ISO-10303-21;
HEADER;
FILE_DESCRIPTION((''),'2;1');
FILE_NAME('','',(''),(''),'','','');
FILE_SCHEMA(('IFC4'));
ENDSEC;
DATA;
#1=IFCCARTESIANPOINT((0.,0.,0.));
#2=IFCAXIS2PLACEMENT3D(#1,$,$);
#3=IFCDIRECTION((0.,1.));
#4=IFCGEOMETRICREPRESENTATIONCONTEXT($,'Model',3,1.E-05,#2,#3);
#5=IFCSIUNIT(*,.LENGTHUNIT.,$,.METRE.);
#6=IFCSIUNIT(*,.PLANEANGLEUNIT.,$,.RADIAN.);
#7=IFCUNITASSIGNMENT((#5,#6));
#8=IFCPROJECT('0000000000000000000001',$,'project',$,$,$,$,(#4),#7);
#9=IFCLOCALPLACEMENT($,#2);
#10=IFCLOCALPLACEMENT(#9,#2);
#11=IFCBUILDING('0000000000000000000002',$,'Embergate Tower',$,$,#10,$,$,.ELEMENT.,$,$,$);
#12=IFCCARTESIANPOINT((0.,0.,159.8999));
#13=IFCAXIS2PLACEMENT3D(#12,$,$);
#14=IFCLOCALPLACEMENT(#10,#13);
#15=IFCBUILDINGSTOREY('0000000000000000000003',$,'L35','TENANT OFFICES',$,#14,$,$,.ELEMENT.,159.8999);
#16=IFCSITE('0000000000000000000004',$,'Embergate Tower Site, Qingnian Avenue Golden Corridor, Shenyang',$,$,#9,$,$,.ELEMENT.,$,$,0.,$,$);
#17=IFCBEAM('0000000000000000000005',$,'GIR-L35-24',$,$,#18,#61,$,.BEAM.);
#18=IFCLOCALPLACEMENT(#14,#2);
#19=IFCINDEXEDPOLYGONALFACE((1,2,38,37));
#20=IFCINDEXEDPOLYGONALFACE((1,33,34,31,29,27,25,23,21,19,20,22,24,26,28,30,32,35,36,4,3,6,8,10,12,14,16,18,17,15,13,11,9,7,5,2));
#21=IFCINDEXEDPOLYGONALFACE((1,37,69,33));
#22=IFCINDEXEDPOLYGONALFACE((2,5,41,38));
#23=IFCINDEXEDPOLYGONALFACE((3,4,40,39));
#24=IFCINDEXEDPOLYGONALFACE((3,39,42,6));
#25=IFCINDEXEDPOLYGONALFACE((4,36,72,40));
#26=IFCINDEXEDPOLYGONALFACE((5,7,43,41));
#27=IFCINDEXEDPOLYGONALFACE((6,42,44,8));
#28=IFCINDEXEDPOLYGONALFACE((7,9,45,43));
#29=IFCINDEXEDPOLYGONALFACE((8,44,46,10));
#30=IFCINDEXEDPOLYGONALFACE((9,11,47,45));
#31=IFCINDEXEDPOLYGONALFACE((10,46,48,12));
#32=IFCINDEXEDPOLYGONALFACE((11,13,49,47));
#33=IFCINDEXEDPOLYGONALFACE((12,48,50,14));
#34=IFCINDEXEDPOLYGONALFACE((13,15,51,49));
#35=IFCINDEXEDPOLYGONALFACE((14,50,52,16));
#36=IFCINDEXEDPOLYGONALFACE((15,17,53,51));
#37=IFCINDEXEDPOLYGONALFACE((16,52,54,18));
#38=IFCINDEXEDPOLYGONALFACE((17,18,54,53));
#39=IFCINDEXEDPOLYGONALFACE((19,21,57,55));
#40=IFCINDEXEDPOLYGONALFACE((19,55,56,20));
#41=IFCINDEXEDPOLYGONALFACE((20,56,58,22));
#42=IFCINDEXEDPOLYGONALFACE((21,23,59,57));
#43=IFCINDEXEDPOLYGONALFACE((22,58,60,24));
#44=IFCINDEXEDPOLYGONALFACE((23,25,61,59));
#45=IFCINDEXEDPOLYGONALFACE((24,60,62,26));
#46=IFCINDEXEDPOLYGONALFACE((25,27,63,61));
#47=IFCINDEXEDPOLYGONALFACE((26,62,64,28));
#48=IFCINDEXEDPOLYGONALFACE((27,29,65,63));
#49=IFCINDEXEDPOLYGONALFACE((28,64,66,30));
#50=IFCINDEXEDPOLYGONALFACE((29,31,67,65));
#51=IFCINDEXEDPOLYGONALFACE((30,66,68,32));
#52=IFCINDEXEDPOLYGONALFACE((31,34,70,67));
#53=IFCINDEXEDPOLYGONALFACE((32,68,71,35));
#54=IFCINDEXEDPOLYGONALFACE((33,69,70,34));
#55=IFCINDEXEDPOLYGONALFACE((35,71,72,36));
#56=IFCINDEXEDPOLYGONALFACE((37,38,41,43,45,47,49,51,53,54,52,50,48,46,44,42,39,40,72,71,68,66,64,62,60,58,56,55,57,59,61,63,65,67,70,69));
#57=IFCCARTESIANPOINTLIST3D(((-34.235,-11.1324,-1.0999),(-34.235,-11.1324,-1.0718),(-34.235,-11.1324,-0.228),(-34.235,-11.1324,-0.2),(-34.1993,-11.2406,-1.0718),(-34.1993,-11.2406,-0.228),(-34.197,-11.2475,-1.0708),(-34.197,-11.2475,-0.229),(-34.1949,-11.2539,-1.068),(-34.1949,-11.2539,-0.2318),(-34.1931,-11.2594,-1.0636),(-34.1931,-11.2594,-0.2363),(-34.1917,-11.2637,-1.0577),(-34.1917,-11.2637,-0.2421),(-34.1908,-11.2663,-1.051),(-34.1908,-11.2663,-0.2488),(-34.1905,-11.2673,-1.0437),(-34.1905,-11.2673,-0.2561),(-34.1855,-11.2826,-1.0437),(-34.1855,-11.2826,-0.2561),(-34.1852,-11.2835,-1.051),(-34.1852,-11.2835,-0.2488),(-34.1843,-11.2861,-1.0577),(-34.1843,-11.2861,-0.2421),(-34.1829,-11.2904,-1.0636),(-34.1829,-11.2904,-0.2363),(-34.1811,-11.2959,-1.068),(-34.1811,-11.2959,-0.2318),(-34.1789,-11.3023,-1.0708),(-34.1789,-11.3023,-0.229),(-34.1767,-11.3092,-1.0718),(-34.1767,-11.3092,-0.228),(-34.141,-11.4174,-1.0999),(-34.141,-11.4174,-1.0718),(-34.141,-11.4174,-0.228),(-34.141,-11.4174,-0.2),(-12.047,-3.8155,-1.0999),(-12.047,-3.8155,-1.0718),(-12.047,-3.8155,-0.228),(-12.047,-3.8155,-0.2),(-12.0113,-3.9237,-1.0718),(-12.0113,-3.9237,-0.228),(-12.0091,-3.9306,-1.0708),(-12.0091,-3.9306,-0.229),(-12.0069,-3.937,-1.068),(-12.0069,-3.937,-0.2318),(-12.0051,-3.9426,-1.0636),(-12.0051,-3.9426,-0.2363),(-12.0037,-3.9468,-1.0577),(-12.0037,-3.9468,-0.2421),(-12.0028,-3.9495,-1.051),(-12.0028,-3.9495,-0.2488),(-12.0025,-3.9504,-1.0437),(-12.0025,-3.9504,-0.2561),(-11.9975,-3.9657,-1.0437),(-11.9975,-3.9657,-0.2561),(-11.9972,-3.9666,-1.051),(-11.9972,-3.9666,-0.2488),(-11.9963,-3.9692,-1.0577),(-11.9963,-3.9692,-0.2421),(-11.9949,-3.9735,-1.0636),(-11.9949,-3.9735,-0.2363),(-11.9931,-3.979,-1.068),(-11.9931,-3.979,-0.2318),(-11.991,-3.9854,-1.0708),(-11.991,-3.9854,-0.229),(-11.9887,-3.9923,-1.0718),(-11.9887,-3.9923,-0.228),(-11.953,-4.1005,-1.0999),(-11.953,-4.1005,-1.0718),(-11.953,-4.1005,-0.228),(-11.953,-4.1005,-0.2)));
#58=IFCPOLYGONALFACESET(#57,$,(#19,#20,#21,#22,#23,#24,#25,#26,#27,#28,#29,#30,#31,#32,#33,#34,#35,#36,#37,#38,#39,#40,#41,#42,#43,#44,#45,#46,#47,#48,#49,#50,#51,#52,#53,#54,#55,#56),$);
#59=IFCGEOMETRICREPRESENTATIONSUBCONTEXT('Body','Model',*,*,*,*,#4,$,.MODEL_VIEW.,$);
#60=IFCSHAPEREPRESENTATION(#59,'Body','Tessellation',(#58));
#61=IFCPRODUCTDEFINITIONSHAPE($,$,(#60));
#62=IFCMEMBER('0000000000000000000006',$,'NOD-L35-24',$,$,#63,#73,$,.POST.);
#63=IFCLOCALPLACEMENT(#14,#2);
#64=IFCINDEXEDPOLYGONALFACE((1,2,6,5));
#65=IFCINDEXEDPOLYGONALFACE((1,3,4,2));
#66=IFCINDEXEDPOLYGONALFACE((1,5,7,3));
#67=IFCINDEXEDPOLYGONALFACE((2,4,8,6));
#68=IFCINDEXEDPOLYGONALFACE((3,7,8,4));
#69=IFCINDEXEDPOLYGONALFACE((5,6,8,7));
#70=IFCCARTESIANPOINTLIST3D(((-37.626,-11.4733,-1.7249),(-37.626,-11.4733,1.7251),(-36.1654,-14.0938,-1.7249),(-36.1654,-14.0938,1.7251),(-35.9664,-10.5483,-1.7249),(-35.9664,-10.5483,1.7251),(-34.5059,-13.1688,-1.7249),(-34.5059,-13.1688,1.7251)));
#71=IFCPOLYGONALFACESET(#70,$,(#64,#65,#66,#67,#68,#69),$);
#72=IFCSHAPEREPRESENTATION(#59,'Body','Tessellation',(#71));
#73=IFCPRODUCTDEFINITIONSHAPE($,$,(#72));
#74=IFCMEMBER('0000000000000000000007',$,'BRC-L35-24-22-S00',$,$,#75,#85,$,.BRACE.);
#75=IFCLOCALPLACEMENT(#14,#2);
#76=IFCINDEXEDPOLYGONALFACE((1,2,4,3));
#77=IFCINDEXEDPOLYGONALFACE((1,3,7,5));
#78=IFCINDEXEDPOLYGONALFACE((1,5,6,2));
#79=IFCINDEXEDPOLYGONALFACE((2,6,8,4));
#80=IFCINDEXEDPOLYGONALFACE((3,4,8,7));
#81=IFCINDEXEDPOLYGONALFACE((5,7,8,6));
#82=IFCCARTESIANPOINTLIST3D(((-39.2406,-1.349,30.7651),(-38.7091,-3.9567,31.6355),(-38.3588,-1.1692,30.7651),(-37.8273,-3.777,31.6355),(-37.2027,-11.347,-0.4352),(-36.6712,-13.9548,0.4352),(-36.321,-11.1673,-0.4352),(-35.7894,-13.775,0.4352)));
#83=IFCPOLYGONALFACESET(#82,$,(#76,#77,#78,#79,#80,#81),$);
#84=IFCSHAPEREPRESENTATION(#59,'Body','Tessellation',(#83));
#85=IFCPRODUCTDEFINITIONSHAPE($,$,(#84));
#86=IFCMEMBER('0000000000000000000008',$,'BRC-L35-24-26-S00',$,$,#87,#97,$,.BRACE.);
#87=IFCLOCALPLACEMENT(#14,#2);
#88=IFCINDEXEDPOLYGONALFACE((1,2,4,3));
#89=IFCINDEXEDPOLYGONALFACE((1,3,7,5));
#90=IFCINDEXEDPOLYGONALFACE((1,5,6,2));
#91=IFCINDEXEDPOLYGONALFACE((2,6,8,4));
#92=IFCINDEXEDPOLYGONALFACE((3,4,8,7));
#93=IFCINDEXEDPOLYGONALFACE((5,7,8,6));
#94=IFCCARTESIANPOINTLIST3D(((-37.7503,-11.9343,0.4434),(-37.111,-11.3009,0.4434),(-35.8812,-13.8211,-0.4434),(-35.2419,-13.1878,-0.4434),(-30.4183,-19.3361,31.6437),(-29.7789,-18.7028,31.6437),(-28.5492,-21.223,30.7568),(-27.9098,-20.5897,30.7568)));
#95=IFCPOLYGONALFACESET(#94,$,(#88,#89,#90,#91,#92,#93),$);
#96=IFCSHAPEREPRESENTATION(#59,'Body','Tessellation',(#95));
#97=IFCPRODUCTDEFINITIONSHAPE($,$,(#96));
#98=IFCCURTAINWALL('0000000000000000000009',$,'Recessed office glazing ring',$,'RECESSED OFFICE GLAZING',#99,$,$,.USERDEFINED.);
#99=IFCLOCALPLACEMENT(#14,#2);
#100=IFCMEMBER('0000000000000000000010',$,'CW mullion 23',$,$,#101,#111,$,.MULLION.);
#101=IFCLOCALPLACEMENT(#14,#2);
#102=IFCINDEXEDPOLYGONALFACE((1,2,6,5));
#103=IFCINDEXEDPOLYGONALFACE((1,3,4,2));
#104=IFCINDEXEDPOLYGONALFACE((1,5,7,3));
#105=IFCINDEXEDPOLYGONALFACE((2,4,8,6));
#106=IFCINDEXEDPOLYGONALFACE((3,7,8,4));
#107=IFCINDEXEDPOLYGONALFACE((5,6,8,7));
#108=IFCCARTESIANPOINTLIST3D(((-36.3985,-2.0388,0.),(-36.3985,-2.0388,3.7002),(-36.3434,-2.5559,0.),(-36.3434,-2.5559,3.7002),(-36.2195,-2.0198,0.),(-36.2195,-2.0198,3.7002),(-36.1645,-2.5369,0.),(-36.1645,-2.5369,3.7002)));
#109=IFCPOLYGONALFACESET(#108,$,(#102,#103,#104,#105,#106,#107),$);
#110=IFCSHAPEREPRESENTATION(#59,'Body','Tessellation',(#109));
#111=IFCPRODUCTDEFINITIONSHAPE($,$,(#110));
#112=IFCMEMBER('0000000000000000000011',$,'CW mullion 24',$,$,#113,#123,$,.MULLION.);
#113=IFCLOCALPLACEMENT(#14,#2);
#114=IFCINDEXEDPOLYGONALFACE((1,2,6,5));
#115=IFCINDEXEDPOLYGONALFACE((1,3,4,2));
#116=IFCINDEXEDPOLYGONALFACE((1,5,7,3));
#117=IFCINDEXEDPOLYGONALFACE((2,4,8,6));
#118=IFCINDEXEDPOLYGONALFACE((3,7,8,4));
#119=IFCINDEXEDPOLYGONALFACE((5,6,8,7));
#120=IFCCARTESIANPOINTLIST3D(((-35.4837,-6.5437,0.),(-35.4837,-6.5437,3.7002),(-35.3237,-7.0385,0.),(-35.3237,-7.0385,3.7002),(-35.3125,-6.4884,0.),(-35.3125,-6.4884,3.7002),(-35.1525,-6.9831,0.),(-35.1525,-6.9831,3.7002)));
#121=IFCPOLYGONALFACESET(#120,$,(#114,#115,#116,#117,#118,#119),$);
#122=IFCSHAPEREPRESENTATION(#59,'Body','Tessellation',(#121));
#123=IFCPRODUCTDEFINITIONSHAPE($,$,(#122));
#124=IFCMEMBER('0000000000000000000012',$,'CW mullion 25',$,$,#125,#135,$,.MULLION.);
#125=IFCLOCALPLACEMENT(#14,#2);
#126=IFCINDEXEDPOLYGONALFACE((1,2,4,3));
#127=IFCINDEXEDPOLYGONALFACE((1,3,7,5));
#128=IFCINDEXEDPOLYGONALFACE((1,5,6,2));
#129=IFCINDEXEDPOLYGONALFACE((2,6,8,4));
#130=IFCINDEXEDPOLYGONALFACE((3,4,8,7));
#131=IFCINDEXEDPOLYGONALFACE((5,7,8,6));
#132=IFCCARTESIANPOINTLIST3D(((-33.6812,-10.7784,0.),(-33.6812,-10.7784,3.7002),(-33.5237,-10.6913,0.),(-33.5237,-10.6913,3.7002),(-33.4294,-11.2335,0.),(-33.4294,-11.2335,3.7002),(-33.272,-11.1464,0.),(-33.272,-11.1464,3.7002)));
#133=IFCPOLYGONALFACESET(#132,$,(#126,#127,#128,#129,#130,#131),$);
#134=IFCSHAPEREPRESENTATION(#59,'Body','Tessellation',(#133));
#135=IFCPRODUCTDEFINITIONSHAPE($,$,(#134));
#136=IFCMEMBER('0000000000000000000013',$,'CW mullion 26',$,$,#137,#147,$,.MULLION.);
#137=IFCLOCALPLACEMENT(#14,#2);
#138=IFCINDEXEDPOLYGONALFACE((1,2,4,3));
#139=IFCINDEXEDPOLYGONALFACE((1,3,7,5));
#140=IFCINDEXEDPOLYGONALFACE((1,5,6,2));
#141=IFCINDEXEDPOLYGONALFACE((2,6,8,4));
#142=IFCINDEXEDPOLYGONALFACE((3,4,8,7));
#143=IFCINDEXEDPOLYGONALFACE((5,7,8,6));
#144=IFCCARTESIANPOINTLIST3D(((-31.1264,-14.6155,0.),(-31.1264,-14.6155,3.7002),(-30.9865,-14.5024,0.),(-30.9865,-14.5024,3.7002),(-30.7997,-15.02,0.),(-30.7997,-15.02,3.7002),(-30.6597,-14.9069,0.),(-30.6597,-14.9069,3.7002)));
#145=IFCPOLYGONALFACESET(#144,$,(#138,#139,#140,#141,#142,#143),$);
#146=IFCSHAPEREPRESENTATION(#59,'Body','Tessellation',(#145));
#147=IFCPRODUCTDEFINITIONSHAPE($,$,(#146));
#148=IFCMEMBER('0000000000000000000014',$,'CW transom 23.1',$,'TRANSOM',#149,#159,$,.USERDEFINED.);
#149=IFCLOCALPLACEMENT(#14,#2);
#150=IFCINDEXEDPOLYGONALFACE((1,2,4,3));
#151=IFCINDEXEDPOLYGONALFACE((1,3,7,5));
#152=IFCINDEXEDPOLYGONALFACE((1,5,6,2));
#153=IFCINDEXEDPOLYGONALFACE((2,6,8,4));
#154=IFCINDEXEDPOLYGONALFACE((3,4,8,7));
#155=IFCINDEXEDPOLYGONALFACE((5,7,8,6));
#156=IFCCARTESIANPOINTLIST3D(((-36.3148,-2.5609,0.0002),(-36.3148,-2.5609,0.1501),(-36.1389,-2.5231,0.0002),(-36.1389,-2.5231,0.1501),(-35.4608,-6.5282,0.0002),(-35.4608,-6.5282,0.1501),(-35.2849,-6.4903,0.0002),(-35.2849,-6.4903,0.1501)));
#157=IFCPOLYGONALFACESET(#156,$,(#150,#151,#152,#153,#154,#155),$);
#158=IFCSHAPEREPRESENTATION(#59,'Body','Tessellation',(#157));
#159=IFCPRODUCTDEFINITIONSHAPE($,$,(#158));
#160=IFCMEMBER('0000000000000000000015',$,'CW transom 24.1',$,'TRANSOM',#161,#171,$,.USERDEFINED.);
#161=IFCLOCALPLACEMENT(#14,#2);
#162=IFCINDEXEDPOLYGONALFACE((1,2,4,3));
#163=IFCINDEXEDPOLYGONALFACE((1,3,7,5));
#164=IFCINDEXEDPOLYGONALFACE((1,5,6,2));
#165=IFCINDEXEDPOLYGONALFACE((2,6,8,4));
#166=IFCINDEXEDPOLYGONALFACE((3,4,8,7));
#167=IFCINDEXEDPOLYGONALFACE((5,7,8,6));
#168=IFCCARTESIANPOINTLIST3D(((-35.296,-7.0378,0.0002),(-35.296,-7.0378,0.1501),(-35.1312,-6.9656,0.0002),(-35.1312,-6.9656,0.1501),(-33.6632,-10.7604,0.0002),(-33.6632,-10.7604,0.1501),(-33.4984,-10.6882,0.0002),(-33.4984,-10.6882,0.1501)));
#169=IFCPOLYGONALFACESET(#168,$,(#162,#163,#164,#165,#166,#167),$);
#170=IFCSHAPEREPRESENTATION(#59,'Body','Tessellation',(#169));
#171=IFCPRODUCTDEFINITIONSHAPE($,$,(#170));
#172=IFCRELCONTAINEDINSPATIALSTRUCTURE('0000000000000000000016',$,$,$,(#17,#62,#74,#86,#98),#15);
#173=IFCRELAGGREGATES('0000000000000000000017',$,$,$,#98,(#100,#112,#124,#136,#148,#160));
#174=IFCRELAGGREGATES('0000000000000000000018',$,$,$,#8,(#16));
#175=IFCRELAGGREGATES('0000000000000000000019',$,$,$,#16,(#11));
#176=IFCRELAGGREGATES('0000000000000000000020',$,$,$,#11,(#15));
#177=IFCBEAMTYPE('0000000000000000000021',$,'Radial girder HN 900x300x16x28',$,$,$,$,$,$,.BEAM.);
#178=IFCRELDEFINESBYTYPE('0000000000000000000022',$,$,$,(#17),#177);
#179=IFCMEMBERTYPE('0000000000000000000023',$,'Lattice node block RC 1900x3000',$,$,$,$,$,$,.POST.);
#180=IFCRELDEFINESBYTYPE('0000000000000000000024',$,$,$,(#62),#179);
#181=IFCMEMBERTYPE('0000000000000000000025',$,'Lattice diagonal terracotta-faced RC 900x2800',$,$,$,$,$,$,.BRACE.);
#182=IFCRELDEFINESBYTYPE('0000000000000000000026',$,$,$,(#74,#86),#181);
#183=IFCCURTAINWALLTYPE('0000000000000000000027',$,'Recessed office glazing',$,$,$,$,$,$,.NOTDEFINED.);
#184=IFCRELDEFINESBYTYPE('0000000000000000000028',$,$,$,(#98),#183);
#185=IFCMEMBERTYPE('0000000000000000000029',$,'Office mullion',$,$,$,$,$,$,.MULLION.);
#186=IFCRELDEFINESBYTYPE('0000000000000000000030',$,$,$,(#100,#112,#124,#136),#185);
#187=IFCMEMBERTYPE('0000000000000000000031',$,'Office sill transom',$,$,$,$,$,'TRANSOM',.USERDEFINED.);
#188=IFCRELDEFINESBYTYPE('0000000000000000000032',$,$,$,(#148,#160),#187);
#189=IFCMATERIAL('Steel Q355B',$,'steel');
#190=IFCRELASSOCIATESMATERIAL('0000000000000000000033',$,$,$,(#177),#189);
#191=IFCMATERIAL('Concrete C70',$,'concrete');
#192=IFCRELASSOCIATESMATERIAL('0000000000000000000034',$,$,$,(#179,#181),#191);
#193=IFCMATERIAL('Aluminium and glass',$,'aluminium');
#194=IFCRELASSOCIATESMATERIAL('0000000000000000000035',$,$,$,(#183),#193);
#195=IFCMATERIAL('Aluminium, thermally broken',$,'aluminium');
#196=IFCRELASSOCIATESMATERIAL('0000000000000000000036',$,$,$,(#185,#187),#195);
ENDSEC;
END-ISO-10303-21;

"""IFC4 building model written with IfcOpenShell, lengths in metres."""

from ifc_helpers import new_model, si_unit, direction, frame, origin, origin_2d, place, context, subcontext, project, spatial, rectangle, i_section, extrude, source, transform, mapped, material, material_profile, profile_set, type_object, element, aggregate, save


model = new_model("IFC4")

# Units and contexts
model_context = context("Model", 3, precision=1e-05, world=origin(), true_north=direction((0.0, 1.0)))
body_context = subcontext(model_context, "Body", "Model", "MODEL_VIEW")
ifc_project = project(units=[si_unit("LENGTHUNIT", "METRE"), si_unit("PLANEANGLEUNIT", "RADIAN")], contexts=[model_context])

# Site, building, storey
site_placement = place(None, origin())
site = spatial("IfcSite", under=ifc_project, at=site_placement, Name="Embergate Tower Site, Qingnian Avenue Golden Corridor, Shenyang", CompositionType="ELEMENT", RefElevation=0.0)
building_placement = place(site_placement, origin())
building = spatial("IfcBuilding", under=site, at=building_placement, Name="Embergate Tower", CompositionType="ELEMENT")
storey_placement = place(building_placement, frame((0.0, 0.0, 159.8999)))
storey = spatial("IfcBuildingStorey", under=building, at=storey_placement, Name="L35", Description="TENANT OFFICES", CompositionType="ELEMENT", Elevation=159.8999)

# Shared definitions
ifc_material_1 = material(Name="Concrete C70", Category="concrete")

# Beam
ifc_material_2 = material(Name="Steel Q355B", Category="steel")
ifc_material_profile_1 = material_profile(ifc_material_2, i_section(OverallWidth=0.3, OverallDepth=0.8999, WebThickness=0.0161, FlangeThickness=0.0281, FilletRadius=0.0281, at=origin_2d()), Name="HN 900x300x16x28")
ifc_profile_set_1 = profile_set([ifc_material_profile_1], Name="Steel Q355 grade B")
beam_type_1 = type_object("IfcBeamType", Name="Radial girder HN 900x300x16x28", PredefinedType="BEAM", material=ifc_profile_set_1)
shared_shape_1 = source(origin(), body_context, "Body", "SweptSolid", [
    extrude(i_section(OverallWidth=0.3, OverallDepth=0.8999, WebThickness=0.0161, FlangeThickness=0.0281, FilletRadius=0.0281, at=origin_2d()), origin(), (0.0, 0.0, 1.0), 23.3633),
])
beam_1_placement = place(storey_placement, frame((-34.188, -11.2749, -0.6499), z_axis=(0.949694, 0.313179, 0.0), x_axis=(-0.313179, 0.949694, 0.0)))
element("IfcBeam", 1, at=beam_1_placement, inside=storey, type_object=beam_type_1, Name="GIR-L35-24", PredefinedType="BEAM", context=body_context, shape_type="MappedRepresentation", body=[
    mapped(shared_shape_1, transform((0.0, 0.0, 0.0))),
])

# Members
ifc_material_profile_2 = material_profile(ifc_material_1, rectangle(XDim=1.8999, YDim=3.0, at=origin_2d()), Name="RC 1900x3000")
ifc_profile_set_2 = profile_set([ifc_material_profile_2], Name="Concrete C70")
member_type_1 = type_object("IfcMemberType", Name="Lattice node block RC 1900x3000", PredefinedType="POST", material=ifc_profile_set_2)
shared_shape_2 = source(origin(), body_context, "Body", "SweptSolid", [
    extrude(rectangle(XDim=1.8999, YDim=3.0, at=origin_2d()), origin(), (0.0, 0.0, 1.0), 3.45),
])
member_1_placement = place(storey_placement, frame((-36.0659, -12.321, -1.7249), z_axis=(0.0, 0.0, 1.0), x_axis=(-0.873492, -0.486839, 0.0)))
element("IfcMember", 2, at=member_1_placement, inside=storey, type_object=member_type_1, Name="NOD-L35-24", PredefinedType="POST", context=body_context, shape_type="MappedRepresentation", body=[
    mapped(shared_shape_2, transform((0.0, 0.0, 0.0))),
])
ifc_material_profile_3 = material_profile(ifc_material_1, rectangle(XDim=0.8999, YDim=2.8, at=origin_2d()), Name="RC 900x2800")
ifc_profile_set_3 = profile_set([ifc_material_profile_3], Name="Concrete C70")
member_type_2 = type_object("IfcMemberType", Name="Lattice diagonal terracotta-faced RC 900x2800", PredefinedType="BRACE", material=ifc_profile_set_3)
shared_shape_3 = source(origin(), body_context, "Body", "SweptSolid", [
    extrude(rectangle(XDim=0.8999, YDim=2.8, at=origin_2d()), origin(), (0.0, 0.0, 1.0), 32.8264),
])
member_2_placement = place(storey_placement, frame((-36.4961, -12.561, 0.0), z_axis=(-0.06208, 0.304574, 0.950463), x_axis=(-0.979853, -0.199718, 0.0)))
element("IfcMember", 3, at=member_2_placement, inside=storey, type_object=member_type_2, Name="BRC-L35-24-22-S00", PredefinedType="BRACE", context=body_context, shape_type="MappedRepresentation", body=[
    mapped(shared_shape_3, transform((0.0, 0.0, 0.0))),
])
shared_shape_4 = source(origin(), body_context, "Body", "SweptSolid", [
    extrude(rectangle(XDim=0.8999, YDim=2.8, at=origin_2d()), origin(), (0.0, 0.0, 1.0), 32.8938),
])
member_3_placement = place(storey_placement, frame((-36.4961, -12.561, 0.0), z_axis=(0.2229, -0.225023, 0.948515), x_axis=(0.71045, 0.703748, 0.0)))
element("IfcMember", 4, at=member_3_placement, inside=storey, type_object=member_type_2, Name="BRC-L35-24-26-S00", PredefinedType="BRACE", context=body_context, shape_type="MappedRepresentation", body=[
    mapped(shared_shape_4, transform((0.0, 0.0, 0.0))),
])

# Curtain wall, members
ifc_material_3 = material(Name="Aluminium and glass", Category="aluminium")
curtain_wall_type = type_object("IfcCurtainWallType", Name="Recessed office glazing", PredefinedType="NOTDEFINED", material=ifc_material_3)
curtain_wall_placement = place(storey_placement, origin())
curtain_wall = element("IfcCurtainWall", 5, at=curtain_wall_placement, inside=storey, type_object=curtain_wall_type, Name="Recessed office glazing ring", ObjectType="RECESSED OFFICE GLAZING", PredefinedType="USERDEFINED")
ifc_material_4 = material(Name="Aluminium, thermally broken", Category="aluminium")
ifc_material_profile_4 = material_profile(ifc_material_4, rectangle(XDim=0.1799, YDim=0.52, at=origin_2d()), Name="AL 520x180")
ifc_profile_set_4 = profile_set([ifc_material_profile_4], Name="Aluminium, thermally broken")
member_type_3 = type_object("IfcMemberType", Name="Office mullion", PredefinedType="MULLION", material=ifc_profile_set_4)
shared_shape_5 = source(origin(), body_context, "Body", "SweptSolid", [
    extrude(rectangle(XDim=0.1799, YDim=0.52, at=origin_2d()), origin(), (0.0, 0.0, 1.0), 3.7002),
])
member_4_placement = place(storey_placement, frame((-36.2815, -2.2878, 0.0), z_axis=(0.0, 0.0, 1.0), x_axis=(0.994385, 0.105823, 0.0)))
member_4 = element("IfcMember", 6, at=member_4_placement, type_object=member_type_3, Name="CW mullion 23", PredefinedType="MULLION", context=body_context, shape_type="MappedRepresentation", body=[
    mapped(shared_shape_5, transform((0.0, 0.0, 0.0))),
])
member_5_placement = place(storey_placement, frame((-35.3181, -6.7634, 0.0), z_axis=(0.0, 0.0, 1.0), x_axis=(0.951498, 0.307656, 0.0)))
member_5 = element("IfcMember", 7, at=member_5_placement, type_object=member_type_3, Name="CW mullion 24", PredefinedType="MULLION", context=body_context, shape_type="MappedRepresentation", body=[
    mapped(shared_shape_5, transform((0.0, 0.0, 0.0))),
])
member_6_placement = place(storey_placement, frame((-33.4766, -10.9624, 0.0), z_axis=(0.0, 0.0, 1.0), x_axis=(0.875002, 0.484119, 0.0)))
member_6 = element("IfcMember", 8, at=member_6_placement, type_object=member_type_3, Name="CW mullion 25", PredefinedType="MULLION", context=body_context, shape_type="MappedRepresentation", body=[
    mapped(shared_shape_5, transform((0.0, 0.0, 0.0))),
])
member_7_placement = place(storey_placement, frame((-30.8931, -14.7612, 0.0), z_axis=(0.0, 0.0, 1.0), x_axis=(0.777873, 0.628422, 0.0)))
member_7 = element("IfcMember", 9, at=member_7_placement, type_object=member_type_3, Name="CW mullion 26", PredefinedType="MULLION", context=body_context, shape_type="MappedRepresentation", body=[
    mapped(shared_shape_5, transform((0.0, 0.0, 0.0))),
])
ifc_material_profile_5 = material_profile(ifc_material_4, rectangle(XDim=0.1799, YDim=0.1499, at=origin_2d()), Name="AL 150x180")
ifc_profile_set_5 = profile_set([ifc_material_profile_5], Name="Aluminium, thermally broken")
member_type_4 = type_object("IfcMemberType", Name="Office sill transom", ElementType="TRANSOM", PredefinedType="USERDEFINED", material=ifc_profile_set_5)
shared_shape_6 = source(origin(), body_context, "Body", "SweptSolid", [
    extrude(rectangle(XDim=0.1799, YDim=0.1499, at=origin_2d()), origin(), (0.0, 0.0, 1.0), 4.0581),
])
member_8_placement = place(storey_placement, frame((-36.2268, -2.542, 0.0752), z_axis=(0.210441, -0.977607, 0.0), x_axis=(0.977607, 0.210441, 0.0)))
member_8 = element("IfcMember", 10, at=member_8_placement, type_object=member_type_4, Name="CW transom 23.1", ObjectType="TRANSOM", PredefinedType="USERDEFINED", context=body_context, shape_type="MappedRepresentation", body=[
    mapped(shared_shape_6, transform((0.0, 0.0, 0.0))),
])
shared_shape_7 = source(origin(), body_context, "Body", "SweptSolid", [
    extrude(rectangle(XDim=0.1799, YDim=0.1499, at=origin_2d()), origin(), (0.0, 0.0, 1.0), 4.0649),
])
member_9_placement = place(storey_placement, frame((-35.2136, -7.0017, 0.0752), z_axis=(0.401676, -0.915782, 0.0), x_axis=(0.915782, 0.401676, 0.0)))
member_9 = element("IfcMember", 11, at=member_9_placement, type_object=member_type_4, Name="CW transom 24.1", ObjectType="TRANSOM", PredefinedType="USERDEFINED", context=body_context, shape_type="MappedRepresentation", body=[
    mapped(shared_shape_7, transform((0.0, 0.0, 0.0))),
])
aggregate(curtain_wall, [member_4, member_5, member_6, member_7, member_8, member_9])

save(model, "model.ifc")
